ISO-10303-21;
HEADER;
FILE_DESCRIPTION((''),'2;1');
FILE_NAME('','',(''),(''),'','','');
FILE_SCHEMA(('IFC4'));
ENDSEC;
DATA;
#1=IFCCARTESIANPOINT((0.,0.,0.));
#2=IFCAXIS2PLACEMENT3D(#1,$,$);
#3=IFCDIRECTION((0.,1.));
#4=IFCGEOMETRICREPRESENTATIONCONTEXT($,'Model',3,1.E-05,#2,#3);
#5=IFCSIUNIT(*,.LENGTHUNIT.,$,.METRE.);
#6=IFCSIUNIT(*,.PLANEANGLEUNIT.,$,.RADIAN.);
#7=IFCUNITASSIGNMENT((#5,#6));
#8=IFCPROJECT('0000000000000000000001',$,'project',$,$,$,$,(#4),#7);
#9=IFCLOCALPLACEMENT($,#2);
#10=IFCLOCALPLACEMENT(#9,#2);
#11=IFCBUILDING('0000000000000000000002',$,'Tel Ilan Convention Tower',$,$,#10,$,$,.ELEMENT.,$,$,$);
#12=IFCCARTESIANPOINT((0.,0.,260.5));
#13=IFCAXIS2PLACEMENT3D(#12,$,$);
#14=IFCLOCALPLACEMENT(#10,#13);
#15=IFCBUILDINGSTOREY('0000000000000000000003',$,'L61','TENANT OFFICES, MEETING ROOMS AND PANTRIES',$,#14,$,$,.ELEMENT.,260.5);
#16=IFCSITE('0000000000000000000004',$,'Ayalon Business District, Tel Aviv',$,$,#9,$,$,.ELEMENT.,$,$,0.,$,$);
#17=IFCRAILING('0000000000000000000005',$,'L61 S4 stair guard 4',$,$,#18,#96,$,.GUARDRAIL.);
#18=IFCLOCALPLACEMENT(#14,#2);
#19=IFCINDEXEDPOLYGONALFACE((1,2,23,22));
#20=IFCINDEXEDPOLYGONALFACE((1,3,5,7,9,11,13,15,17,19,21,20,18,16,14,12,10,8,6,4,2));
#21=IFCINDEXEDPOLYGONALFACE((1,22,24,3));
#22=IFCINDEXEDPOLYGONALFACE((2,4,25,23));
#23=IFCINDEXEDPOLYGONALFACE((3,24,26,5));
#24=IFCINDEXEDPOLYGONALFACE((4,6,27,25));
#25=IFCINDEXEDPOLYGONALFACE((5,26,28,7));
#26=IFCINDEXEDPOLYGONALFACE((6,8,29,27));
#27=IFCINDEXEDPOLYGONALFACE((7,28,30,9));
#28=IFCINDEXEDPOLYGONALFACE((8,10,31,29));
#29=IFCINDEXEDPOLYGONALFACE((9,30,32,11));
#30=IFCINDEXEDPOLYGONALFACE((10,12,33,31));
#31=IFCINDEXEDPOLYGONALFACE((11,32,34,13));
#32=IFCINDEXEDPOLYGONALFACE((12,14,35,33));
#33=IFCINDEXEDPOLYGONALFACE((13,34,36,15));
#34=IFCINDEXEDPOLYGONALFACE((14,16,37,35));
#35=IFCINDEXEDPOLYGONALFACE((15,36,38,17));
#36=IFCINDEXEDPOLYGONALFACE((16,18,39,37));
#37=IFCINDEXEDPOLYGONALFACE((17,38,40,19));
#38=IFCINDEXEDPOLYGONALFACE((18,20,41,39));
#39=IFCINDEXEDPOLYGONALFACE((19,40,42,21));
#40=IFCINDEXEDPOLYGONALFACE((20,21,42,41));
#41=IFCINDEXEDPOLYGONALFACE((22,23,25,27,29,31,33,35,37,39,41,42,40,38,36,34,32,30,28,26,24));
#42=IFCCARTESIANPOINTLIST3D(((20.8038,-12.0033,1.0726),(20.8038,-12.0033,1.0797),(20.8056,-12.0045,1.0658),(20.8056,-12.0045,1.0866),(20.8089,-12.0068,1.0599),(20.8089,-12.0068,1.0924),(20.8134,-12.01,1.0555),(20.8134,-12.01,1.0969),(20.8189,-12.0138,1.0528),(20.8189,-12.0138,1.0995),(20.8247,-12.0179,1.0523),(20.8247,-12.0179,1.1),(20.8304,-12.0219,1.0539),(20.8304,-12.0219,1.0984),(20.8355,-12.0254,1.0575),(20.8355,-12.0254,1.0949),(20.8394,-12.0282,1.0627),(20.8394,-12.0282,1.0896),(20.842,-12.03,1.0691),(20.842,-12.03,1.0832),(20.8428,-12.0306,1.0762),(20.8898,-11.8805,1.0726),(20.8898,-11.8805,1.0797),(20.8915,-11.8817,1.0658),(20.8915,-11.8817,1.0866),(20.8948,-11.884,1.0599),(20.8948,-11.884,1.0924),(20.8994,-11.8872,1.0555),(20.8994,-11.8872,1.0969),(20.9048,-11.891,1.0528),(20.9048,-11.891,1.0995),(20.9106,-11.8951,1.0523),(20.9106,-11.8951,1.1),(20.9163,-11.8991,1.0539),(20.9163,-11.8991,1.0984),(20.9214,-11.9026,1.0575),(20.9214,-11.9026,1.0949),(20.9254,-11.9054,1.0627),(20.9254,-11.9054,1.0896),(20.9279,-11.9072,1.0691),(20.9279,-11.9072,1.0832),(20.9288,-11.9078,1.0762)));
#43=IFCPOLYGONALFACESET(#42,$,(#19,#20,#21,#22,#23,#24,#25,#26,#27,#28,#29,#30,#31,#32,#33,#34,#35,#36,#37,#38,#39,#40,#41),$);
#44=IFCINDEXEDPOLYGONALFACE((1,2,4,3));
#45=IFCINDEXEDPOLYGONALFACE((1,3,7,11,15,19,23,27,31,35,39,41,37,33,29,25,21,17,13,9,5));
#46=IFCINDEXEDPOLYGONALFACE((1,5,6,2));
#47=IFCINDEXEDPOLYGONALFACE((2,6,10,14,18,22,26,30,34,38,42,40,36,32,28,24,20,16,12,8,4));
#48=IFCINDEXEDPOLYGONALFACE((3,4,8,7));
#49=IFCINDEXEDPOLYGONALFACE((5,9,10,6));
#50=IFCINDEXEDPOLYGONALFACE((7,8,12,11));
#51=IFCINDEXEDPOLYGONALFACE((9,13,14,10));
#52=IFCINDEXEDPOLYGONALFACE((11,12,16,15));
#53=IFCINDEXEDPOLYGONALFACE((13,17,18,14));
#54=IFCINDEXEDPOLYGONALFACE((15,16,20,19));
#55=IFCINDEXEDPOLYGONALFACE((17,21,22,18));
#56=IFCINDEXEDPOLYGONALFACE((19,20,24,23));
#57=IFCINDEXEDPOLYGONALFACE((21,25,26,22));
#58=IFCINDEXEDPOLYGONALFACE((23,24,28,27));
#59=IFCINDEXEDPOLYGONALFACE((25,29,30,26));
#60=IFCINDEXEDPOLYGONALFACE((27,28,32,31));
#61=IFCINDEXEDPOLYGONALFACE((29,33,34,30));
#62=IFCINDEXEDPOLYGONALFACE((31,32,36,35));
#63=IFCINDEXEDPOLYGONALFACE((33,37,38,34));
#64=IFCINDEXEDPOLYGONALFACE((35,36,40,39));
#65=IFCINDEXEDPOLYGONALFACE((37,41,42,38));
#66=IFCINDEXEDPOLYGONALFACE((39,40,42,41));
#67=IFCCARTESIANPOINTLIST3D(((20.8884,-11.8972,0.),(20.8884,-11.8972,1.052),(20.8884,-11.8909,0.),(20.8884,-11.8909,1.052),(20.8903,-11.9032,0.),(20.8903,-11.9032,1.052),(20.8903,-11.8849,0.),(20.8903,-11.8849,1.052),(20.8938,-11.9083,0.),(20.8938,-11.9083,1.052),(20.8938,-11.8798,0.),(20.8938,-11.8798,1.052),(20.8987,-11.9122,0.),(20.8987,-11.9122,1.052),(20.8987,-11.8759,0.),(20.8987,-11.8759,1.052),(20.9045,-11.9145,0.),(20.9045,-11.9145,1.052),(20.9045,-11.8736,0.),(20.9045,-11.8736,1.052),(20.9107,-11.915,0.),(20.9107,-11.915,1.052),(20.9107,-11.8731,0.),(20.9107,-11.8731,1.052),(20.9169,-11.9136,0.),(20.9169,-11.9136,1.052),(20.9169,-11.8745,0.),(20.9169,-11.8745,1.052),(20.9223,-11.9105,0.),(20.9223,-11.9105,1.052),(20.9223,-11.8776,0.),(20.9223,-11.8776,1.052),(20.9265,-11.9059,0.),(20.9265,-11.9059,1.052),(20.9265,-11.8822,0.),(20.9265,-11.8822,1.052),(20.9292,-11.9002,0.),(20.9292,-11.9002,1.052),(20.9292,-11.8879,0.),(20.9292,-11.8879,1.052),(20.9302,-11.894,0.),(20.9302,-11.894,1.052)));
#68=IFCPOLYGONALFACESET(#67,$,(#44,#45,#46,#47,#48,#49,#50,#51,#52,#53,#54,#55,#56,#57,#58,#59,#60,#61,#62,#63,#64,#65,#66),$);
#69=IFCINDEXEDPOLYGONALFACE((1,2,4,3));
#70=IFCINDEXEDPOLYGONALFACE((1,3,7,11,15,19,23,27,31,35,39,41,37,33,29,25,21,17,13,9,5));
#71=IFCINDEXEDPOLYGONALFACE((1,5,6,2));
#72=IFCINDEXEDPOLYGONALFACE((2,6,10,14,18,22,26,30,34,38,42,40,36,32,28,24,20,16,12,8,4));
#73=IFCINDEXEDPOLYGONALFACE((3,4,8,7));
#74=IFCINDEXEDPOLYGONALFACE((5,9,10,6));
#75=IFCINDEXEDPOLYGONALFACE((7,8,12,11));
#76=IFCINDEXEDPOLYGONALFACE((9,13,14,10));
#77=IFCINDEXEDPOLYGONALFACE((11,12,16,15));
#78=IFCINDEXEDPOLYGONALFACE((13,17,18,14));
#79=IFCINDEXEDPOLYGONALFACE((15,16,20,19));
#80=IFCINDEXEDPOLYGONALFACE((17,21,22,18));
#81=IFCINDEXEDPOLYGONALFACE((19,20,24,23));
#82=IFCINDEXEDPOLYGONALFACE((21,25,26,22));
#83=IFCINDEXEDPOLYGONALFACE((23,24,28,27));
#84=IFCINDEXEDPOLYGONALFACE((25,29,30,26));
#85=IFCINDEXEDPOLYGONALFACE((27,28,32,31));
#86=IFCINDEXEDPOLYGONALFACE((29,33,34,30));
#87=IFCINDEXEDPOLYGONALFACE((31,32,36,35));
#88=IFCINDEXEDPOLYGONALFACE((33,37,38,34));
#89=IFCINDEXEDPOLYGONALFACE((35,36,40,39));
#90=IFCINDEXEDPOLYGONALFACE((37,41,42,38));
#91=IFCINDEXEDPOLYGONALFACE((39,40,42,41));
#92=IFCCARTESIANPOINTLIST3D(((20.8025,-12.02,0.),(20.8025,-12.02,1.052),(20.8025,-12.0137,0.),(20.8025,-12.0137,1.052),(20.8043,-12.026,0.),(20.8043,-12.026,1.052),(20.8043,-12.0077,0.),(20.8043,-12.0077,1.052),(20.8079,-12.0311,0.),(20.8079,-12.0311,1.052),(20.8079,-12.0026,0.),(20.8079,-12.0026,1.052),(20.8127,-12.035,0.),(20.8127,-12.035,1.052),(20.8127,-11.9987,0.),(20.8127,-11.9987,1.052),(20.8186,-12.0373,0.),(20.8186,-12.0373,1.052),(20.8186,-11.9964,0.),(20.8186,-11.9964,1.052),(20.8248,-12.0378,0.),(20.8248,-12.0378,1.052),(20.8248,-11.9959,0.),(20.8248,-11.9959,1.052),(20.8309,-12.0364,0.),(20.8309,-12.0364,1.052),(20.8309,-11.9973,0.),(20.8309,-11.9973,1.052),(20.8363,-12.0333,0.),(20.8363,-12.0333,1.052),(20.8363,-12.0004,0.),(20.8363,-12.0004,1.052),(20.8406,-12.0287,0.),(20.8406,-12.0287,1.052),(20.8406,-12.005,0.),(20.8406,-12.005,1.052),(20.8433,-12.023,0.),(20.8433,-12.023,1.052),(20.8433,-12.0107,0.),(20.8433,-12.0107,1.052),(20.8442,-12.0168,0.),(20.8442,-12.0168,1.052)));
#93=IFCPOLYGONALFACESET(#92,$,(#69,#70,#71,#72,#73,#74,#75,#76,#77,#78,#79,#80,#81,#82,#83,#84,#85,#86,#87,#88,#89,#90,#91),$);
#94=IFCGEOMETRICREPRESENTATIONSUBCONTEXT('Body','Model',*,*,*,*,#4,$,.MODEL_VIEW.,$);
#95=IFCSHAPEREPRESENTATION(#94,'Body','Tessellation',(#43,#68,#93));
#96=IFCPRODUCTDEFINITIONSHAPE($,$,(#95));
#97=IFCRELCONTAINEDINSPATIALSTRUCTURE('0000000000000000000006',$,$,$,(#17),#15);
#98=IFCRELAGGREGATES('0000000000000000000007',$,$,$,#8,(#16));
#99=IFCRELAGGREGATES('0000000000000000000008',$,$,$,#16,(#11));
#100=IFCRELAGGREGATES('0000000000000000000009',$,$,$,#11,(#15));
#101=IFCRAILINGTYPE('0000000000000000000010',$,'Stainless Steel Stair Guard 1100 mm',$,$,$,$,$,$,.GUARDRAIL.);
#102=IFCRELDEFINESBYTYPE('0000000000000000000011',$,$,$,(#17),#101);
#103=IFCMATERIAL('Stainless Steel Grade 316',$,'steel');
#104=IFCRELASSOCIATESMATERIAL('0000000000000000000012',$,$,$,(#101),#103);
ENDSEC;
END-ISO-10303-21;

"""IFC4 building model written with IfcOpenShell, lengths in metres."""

from ifc_helpers import new_model, si_unit, direction, frame, origin, origin_2d, place, context, subcontext, project, spatial, circle, extrude, material, type_object, element, save


model = new_model("IFC4")

# Units and contexts
model_context = context("Model", 3, precision=1e-05, world=origin(), true_north=direction((0.0, 1.0)))
body_context = subcontext(model_context, "Body", "Model", "MODEL_VIEW")
ifc_project = project(units=[si_unit("LENGTHUNIT", "METRE"), si_unit("PLANEANGLEUNIT", "RADIAN")], contexts=[model_context])

# Site, building, storey
site_placement = place(None, origin())
site = spatial("IfcSite", under=ifc_project, at=site_placement, Name="Ayalon Business District, Tel Aviv", CompositionType="ELEMENT", RefElevation=0.0)
building_placement = place(site_placement, origin())
building = spatial("IfcBuilding", under=site, at=building_placement, Name="Tel Ilan Convention Tower", CompositionType="ELEMENT")
storey_placement = place(building_placement, frame((0.0, 0.0, 260.5)))
storey = spatial("IfcBuildingStorey", under=building, at=storey_placement, Name="L61", Description="TENANT OFFICES, MEETING ROOMS AND PANTRIES", CompositionType="ELEMENT", Elevation=260.5)

# Railing
ifc_material_1 = material(Name="Stainless Steel Grade 316", Category="steel")
railing_type_1 = type_object("IfcRailingType", Name="Stainless Steel Stair Guard 1100 mm", PredefinedType="GUARDRAIL", material=ifc_material_1)
railing_1_placement = place(storey_placement, frame((20.9092, -11.894, 0.0)))
element("IfcRailing", 1, at=railing_1_placement, inside=storey, type_object=railing_type_1, Name="L61 S4 stair guard 4", PredefinedType="GUARDRAIL", context=body_context, shape_type="SweptSolid", body=[
    extrude(circle(Radius=0.0239, at=origin_2d()), frame((0.0, 0.0, 1.0762), z_axis=(-0.573353, -0.819308, 0.0), x_axis=(0.819308, -0.573353, 0.0)), (0.0, 0.0, 1.0), 0.1499),
    extrude(circle(Radius=0.021, at=origin_2d()), origin(), (0.0, 0.0, 1.0), 1.052),
    extrude(circle(Radius=0.021, at=origin_2d()), frame((-0.0859, -0.1228, 0.0)), (0.0, 0.0, 1.0), 1.052),
])

save(model, "model.ifc")
